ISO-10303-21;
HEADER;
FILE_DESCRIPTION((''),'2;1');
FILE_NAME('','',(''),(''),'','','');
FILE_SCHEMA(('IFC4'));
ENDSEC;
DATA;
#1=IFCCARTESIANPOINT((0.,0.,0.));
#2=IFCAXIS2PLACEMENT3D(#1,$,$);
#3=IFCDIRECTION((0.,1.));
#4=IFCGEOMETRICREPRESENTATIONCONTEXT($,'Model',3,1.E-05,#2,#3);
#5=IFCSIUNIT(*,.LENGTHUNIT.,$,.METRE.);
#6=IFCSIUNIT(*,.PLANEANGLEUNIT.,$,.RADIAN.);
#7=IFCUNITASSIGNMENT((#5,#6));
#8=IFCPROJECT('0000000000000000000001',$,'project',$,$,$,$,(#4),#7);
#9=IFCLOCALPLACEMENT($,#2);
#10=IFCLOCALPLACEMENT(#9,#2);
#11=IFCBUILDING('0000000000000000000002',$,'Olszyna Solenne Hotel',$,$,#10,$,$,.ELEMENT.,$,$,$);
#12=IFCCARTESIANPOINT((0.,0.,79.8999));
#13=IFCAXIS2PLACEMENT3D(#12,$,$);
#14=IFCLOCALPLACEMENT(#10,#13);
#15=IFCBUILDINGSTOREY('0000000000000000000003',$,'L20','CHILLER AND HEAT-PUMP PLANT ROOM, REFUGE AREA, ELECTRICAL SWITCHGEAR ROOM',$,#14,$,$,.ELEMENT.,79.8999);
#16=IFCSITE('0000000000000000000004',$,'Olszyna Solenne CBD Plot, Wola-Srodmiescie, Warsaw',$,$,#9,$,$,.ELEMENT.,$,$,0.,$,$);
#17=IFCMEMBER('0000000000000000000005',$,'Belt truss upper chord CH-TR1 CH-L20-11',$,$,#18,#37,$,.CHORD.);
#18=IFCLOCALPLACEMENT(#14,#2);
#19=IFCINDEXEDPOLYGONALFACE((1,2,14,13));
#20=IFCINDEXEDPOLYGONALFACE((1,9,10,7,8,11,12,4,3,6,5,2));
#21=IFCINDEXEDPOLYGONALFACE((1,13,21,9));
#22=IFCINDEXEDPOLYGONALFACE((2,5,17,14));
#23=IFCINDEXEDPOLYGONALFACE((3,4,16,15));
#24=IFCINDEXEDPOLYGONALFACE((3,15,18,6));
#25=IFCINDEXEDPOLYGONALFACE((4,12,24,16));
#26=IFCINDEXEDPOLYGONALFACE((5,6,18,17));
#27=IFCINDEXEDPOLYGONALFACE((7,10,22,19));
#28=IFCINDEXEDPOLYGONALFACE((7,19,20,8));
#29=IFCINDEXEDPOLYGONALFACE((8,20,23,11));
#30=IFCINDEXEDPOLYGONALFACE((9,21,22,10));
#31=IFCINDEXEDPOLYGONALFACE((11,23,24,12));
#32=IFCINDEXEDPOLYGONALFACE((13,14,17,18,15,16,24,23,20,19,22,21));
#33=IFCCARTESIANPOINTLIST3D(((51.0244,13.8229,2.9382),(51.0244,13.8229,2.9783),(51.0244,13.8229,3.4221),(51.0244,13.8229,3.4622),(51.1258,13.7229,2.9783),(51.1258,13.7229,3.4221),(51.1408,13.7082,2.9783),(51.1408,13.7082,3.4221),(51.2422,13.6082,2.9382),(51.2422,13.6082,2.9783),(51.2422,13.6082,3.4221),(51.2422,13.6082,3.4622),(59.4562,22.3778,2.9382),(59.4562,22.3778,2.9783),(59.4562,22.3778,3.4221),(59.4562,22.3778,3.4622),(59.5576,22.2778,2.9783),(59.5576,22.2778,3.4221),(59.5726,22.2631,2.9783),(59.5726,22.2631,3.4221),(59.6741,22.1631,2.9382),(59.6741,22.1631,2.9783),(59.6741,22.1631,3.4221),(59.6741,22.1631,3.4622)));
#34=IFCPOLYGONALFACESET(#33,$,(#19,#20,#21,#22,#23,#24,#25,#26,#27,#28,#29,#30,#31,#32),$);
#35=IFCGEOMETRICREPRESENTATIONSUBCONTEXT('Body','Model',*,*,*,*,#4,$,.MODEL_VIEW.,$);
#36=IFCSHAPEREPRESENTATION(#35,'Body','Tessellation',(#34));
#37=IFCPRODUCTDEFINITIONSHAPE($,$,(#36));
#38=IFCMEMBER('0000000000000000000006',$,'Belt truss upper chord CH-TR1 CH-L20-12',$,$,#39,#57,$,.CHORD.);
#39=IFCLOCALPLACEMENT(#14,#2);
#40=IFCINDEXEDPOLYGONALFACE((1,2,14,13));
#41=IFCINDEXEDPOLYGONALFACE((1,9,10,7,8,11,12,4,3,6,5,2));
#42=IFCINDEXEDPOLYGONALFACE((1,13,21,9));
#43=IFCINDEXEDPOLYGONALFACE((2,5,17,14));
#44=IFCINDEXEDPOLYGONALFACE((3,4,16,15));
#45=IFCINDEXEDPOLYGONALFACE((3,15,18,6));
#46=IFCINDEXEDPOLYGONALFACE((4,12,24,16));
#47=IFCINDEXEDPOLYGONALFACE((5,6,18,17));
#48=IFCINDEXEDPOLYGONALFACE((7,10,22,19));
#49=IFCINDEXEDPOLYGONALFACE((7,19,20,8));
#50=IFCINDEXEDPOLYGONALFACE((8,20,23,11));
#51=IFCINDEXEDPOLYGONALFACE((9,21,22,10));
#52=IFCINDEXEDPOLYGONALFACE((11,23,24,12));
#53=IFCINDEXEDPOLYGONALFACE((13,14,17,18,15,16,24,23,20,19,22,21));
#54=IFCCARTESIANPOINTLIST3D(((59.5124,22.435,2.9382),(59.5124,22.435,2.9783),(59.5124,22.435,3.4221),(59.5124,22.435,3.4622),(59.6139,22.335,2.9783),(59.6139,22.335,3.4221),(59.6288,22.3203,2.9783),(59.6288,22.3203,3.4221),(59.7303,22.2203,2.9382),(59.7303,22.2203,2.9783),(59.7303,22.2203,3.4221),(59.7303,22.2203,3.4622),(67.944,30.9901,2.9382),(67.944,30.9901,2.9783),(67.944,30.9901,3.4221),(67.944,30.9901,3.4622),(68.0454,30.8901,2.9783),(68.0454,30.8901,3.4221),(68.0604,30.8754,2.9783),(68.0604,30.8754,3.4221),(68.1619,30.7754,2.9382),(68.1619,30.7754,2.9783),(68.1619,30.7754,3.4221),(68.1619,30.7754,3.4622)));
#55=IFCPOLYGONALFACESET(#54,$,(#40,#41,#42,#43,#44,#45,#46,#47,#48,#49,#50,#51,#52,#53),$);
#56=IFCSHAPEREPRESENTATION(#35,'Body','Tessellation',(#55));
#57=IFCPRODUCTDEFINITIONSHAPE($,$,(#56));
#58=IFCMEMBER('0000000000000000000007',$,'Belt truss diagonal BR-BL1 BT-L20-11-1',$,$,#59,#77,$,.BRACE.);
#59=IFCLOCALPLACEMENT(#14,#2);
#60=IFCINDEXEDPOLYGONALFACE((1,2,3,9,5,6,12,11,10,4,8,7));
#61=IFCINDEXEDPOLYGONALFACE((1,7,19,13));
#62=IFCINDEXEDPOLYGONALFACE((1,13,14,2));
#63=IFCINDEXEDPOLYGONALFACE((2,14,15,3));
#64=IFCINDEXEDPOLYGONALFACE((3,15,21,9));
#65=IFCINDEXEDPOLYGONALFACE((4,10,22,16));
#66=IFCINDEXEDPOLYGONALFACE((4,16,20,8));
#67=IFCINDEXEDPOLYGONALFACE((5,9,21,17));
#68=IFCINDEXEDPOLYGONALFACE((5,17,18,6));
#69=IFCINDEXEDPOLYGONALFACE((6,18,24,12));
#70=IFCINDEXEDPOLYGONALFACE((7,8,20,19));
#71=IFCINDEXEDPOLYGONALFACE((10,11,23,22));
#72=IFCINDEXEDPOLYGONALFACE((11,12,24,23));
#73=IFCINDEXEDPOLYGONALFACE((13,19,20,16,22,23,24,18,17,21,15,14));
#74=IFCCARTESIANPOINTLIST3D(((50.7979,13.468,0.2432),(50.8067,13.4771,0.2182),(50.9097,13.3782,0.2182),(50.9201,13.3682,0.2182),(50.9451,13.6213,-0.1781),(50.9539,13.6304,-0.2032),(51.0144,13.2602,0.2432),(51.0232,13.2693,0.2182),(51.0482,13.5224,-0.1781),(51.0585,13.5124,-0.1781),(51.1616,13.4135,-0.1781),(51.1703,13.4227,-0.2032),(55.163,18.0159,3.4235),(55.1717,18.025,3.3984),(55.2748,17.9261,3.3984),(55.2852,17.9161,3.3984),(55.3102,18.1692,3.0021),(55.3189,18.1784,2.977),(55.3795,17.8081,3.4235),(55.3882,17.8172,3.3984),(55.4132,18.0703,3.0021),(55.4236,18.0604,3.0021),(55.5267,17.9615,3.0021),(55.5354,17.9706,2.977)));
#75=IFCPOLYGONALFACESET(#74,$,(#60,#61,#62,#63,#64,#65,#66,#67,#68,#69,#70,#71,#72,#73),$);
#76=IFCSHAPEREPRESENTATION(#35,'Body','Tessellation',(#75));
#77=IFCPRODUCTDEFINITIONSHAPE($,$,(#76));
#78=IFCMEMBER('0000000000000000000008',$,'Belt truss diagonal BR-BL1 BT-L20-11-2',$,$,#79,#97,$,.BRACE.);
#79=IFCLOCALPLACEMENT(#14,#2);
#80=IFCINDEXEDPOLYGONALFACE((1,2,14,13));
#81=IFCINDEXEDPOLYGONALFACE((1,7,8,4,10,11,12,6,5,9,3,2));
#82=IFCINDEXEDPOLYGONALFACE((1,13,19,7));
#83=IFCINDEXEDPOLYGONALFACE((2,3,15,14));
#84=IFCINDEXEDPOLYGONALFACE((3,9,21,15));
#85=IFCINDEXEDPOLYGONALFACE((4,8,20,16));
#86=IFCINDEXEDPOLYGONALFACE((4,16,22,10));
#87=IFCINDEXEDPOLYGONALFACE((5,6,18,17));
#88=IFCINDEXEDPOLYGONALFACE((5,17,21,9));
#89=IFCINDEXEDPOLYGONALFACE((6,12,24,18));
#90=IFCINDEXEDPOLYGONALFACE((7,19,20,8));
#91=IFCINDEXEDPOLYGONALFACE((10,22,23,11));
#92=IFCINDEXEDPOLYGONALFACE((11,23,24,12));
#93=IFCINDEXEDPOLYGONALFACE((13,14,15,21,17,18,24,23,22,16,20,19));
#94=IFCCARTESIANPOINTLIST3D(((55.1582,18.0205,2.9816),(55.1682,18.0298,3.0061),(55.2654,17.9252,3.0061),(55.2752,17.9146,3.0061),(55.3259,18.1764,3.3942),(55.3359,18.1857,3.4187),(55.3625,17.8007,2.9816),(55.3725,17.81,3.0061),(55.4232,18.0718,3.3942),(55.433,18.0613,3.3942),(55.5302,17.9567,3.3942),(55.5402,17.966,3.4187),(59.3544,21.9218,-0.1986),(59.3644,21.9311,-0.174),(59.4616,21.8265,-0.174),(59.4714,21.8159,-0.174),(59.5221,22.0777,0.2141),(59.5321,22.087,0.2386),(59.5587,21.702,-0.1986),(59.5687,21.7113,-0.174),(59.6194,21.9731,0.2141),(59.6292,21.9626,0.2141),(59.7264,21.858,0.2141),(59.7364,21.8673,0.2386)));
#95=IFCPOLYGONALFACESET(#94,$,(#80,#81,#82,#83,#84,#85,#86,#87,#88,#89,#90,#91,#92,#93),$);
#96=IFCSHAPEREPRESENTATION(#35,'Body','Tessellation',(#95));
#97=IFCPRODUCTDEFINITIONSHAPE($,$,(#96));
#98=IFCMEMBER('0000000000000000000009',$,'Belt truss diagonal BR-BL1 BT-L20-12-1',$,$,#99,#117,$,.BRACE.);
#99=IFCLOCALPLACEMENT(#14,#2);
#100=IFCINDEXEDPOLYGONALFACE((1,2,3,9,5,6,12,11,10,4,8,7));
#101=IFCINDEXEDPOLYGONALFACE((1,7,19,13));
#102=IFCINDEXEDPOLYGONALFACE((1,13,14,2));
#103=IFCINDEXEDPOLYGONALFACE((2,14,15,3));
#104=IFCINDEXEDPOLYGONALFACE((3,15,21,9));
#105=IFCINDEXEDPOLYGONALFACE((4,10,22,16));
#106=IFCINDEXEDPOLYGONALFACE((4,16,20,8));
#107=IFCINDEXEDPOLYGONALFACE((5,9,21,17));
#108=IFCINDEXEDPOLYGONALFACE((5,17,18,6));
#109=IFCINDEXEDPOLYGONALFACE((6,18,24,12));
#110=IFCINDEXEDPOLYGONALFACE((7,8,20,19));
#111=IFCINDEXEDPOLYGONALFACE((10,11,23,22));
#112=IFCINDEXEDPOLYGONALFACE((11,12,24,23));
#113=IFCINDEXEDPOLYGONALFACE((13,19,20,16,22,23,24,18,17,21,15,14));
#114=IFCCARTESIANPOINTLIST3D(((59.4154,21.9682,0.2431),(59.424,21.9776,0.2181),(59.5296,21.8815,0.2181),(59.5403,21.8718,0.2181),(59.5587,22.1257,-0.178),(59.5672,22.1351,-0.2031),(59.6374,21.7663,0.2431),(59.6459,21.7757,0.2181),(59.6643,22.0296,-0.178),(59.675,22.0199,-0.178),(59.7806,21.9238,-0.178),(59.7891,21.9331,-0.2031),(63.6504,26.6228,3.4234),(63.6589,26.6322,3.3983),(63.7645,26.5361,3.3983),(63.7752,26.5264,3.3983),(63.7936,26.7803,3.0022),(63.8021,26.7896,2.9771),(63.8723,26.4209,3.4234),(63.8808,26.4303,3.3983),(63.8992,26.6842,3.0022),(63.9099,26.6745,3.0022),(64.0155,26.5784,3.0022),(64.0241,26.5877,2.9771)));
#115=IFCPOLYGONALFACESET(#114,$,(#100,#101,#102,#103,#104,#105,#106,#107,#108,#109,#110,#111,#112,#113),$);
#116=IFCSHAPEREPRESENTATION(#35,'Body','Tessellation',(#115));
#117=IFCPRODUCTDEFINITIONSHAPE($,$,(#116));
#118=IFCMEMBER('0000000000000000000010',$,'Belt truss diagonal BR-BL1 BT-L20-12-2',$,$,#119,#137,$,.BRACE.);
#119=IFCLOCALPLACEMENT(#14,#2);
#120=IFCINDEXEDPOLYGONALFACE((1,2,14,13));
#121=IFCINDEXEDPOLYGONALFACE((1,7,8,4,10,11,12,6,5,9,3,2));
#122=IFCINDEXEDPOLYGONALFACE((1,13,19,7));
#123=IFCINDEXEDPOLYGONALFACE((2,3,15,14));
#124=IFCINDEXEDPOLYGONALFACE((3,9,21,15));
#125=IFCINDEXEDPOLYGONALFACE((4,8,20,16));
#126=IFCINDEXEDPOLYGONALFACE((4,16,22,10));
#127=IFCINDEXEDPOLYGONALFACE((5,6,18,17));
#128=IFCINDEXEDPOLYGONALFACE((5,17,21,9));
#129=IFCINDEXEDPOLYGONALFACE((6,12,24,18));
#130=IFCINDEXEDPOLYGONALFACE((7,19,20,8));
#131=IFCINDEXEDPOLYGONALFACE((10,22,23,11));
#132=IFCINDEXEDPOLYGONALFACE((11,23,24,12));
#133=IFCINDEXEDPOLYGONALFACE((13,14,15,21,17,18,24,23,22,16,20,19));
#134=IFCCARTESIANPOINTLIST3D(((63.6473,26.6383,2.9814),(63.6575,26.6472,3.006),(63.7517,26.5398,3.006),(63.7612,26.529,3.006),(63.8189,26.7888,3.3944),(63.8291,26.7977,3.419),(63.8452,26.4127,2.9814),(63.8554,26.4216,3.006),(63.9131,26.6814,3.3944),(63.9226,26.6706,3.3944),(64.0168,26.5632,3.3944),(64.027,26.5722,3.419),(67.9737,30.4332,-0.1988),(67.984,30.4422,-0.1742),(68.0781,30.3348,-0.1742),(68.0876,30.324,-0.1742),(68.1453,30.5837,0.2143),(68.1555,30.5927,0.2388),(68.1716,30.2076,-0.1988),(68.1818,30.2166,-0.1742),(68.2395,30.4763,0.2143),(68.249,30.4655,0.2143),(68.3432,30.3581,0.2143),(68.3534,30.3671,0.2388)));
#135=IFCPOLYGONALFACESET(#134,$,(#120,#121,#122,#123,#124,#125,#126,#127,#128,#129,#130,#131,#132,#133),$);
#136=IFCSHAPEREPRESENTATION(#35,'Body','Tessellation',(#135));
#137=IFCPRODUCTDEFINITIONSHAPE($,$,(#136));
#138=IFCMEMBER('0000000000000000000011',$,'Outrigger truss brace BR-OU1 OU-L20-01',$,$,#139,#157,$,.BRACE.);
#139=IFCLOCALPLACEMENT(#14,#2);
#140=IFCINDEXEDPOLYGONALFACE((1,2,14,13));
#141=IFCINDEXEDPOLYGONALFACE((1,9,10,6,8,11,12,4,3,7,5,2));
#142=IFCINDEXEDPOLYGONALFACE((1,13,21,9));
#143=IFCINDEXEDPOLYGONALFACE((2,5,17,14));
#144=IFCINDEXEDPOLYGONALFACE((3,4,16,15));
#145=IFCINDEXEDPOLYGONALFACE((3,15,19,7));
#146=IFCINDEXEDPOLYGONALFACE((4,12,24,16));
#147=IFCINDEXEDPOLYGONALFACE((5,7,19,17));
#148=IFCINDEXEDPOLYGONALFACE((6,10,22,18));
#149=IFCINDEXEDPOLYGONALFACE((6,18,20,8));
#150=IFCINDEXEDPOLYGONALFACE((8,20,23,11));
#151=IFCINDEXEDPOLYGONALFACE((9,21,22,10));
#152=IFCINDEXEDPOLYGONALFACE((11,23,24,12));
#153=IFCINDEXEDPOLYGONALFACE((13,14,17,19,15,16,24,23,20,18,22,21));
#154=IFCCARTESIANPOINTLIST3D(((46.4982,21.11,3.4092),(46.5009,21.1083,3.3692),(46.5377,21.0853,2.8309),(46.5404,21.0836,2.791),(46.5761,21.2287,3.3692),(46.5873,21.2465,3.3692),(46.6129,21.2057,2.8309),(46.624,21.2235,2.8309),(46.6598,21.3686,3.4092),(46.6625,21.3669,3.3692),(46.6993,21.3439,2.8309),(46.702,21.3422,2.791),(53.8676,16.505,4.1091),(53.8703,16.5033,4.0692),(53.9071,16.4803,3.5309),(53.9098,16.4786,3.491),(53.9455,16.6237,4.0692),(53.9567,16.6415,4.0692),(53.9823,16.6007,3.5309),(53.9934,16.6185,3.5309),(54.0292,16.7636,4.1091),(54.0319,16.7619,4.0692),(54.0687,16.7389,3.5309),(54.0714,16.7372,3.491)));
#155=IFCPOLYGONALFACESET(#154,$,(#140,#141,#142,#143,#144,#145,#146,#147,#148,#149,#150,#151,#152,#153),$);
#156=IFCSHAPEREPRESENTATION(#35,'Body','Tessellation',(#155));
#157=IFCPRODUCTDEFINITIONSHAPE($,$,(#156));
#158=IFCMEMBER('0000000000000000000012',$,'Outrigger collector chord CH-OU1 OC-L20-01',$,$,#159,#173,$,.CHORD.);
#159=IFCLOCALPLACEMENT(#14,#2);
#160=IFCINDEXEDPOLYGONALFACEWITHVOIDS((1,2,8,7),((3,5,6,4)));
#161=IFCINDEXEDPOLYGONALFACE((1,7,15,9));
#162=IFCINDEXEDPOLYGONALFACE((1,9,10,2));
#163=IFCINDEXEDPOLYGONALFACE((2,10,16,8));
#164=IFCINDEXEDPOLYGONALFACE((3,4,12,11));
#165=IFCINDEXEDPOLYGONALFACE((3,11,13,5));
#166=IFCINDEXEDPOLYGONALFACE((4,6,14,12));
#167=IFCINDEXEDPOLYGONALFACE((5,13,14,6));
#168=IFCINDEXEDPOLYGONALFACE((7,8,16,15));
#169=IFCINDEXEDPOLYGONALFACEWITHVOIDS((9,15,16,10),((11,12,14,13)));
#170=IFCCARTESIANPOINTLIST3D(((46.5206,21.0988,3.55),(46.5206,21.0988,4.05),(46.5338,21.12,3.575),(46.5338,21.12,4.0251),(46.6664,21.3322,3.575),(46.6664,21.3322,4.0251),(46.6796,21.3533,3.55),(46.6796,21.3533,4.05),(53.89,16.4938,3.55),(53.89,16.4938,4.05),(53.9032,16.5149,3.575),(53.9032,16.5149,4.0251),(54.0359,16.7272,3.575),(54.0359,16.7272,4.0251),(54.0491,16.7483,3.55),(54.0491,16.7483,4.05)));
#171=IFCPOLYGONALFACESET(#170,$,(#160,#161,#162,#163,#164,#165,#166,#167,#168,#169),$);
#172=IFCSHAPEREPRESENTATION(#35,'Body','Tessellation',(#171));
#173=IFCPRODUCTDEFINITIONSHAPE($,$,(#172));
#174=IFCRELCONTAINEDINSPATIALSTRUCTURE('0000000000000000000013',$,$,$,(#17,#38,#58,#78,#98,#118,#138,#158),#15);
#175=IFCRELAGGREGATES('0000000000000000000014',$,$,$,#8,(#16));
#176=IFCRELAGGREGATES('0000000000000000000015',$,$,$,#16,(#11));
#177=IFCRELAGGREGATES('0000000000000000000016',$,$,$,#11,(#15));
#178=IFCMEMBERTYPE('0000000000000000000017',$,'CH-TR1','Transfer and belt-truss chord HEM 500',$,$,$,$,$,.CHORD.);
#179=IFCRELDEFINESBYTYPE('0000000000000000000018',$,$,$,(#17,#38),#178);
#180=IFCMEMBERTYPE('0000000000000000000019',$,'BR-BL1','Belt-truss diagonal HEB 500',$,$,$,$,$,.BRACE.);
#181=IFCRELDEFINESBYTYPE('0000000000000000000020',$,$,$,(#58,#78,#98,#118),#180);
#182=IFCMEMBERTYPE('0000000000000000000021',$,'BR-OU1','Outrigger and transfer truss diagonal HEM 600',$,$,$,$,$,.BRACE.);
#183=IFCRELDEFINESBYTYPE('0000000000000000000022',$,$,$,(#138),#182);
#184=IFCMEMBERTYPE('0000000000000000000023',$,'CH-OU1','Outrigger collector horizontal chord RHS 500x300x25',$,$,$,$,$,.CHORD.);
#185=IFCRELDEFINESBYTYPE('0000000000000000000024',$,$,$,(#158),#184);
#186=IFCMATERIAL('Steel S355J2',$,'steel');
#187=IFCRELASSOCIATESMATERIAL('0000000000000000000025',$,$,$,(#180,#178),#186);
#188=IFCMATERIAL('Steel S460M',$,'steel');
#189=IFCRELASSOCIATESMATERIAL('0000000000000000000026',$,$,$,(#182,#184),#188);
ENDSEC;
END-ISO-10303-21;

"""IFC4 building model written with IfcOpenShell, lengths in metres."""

from ifc_helpers import new_model, si_unit, direction, frame, origin, origin_2d, place, context, subcontext, project, spatial, hollow_rectangle, i_section, extrude, source, transform, mapped, material, material_profile, profile_set, type_object, element, save


model = new_model("IFC4")

# Units and contexts
model_context = context("Model", 3, precision=1e-05, world=origin(), true_north=direction((0.0, 1.0)))
body_context = subcontext(model_context, "Body", "Model", "MODEL_VIEW")
ifc_project = project(units=[si_unit("LENGTHUNIT", "METRE"), si_unit("PLANEANGLEUNIT", "RADIAN")], contexts=[model_context])

# Site, building, storey
site_placement = place(None, origin())
site = spatial("IfcSite", under=ifc_project, at=site_placement, Name="Olszyna Solenne CBD Plot, Wola-Srodmiescie, Warsaw", CompositionType="ELEMENT", RefElevation=0.0)
building_placement = place(site_placement, origin())
building = spatial("IfcBuilding", under=site, at=building_placement, Name="Olszyna Solenne Hotel", CompositionType="ELEMENT")
storey_placement = place(building_placement, frame((0.0, 0.0, 79.8999)))
storey = spatial("IfcBuildingStorey", under=building, at=storey_placement, Name="L20", Description="CHILLER AND HEAT-PUMP PLANT ROOM, REFUGE AREA, ELECTRICAL SWITCHGEAR ROOM", CompositionType="ELEMENT", Elevation=79.8999)

# Shared definitions
ifc_material_1 = material(Name="Steel S460M", Category="steel")

# Shared definitions
ifc_material_2 = material(Name="Steel S355J2", Category="steel")

# Members
ifc_material_profile_1 = material_profile(ifc_material_2, i_section(OverallWidth=0.3, OverallDepth=0.5, WebThickness=0.0144, FlangeThickness=0.0281, at=origin_2d()), Name="HEB 500", Category="load-bearing")
ifc_profile_set_1 = profile_set([ifc_material_profile_1], Name="Steel S355J2")
member_type_1 = type_object("IfcMemberType", Name="BR-BL1", Description="Belt-truss diagonal HEB 500", PredefinedType="BRACE", material=ifc_profile_set_1)
ifc_material_profile_2 = material_profile(ifc_material_2, i_section(OverallWidth=0.3059, OverallDepth=0.5239, WebThickness=0.021, FlangeThickness=0.04, at=origin_2d()), Name="HEM 500", Category="load-bearing")
ifc_profile_set_2 = profile_set([ifc_material_profile_2], Name="Steel S355J2")
member_type_2 = type_object("IfcMemberType", Name="CH-TR1", Description="Transfer and belt-truss chord HEM 500", PredefinedType="CHORD", material=ifc_profile_set_2)
shared_shape_1 = source(origin(), body_context, "Body", "SweptSolid", [
    extrude(i_section(OverallWidth=0.3059, OverallDepth=0.5239, WebThickness=0.021, FlangeThickness=0.04, at=origin_2d()), origin(), (0.0, 0.0, 1.0), 12.0117),
])
for number, where, z_axis, x_axis, name in (
    (1, (51.1333, 13.7156, 3.2002), (0.701966, 0.71221, 0.0), (-0.71221, 0.701966, 0.0), "Belt truss upper chord CH-TR1 CH-L20-11"),
    (2, (59.6213, 22.3276, 3.2002), (0.701946, 0.71223, 0.0), (-0.71223, 0.701946, 0.0), "Belt truss upper chord CH-TR1 CH-L20-12"),
):
    element("IfcMember", number, at=place(storey_placement, frame(where, z_axis=z_axis, x_axis=x_axis)), inside=storey, type_object=member_type_2, Name=name, PredefinedType="CHORD", context=body_context, shape_type="MappedRepresentation", body=[
        mapped(shared_shape_1, transform((0.0, 0.0, 0.0), x_axis=(1.0, 0.0, 0.0), y_axis=(0.0, 1.0, 0.0), z_axis=(0.0, 0.0, 1.0), scale=1.0)),
    ])
shared_shape_2 = source(origin(), body_context, "Body", "SweptSolid", [
    extrude(i_section(OverallWidth=0.3, OverallDepth=0.5, WebThickness=0.0144, FlangeThickness=0.0281, at=origin_2d()), origin(), (0.0, 0.0, 1.0), 7.0605),
])
member_1_placement = place(storey_placement, frame((50.9841, 13.4453, 0.02), z_axis=(0.618233, 0.644133, 0.450423), x_axis=(-0.721462, 0.692454, 0.0)))
element("IfcMember", 3, at=member_1_placement, inside=storey, type_object=member_type_1, Name="Belt truss diagonal BR-BL1 BT-L20-11-1", PredefinedType="BRACE", context=body_context, shape_type="MappedRepresentation", body=[
    mapped(shared_shape_2, transform((0.0, 0.0, 0.0), x_axis=(1.0, 0.0, 0.0), y_axis=(0.0, 1.0, 0.0), z_axis=(0.0, 0.0, 1.0), scale=1.0)),
])
shared_shape_3 = source(origin(), body_context, "Body", "SweptSolid", [
    extrude(i_section(OverallWidth=0.3, OverallDepth=0.5, WebThickness=0.0144, FlangeThickness=0.0281, at=origin_2d()), origin(), (0.0, 0.0, 1.0), 6.553),
])
member_2_placement = place(storey_placement, frame((59.5454, 21.8945, 0.02), z_axis=(-0.640352, -0.595347, 0.485294), x_axis=(0.680902, -0.732374, 0.0)))
element("IfcMember", 4, at=member_2_placement, inside=storey, type_object=member_type_1, Name="Belt truss diagonal BR-BL1 BT-L20-11-2", PredefinedType="BRACE", context=body_context, shape_type="MappedRepresentation", body=[
    mapped(shared_shape_3, transform((0.0, 0.0, 0.0), x_axis=(1.0, 0.0, 0.0), y_axis=(0.0, 1.0, 0.0), z_axis=(0.0, 0.0, 1.0), scale=1.0)),
])
shared_shape_4 = source(origin(), body_context, "Body", "SweptSolid", [
    extrude(i_section(OverallWidth=0.3, OverallDepth=0.5, WebThickness=0.0144, FlangeThickness=0.0281, at=origin_2d()), origin(), (0.0, 0.0, 1.0), 7.0508),
])
member_3_placement = place(storey_placement, frame((59.6023, 21.9507, 0.02), z_axis=(0.60063, 0.660153, 0.451044), x_axis=(-0.739666, 0.672974, 0.0)))
element("IfcMember", 5, at=member_3_placement, inside=storey, type_object=member_type_1, Name="Belt truss diagonal BR-BL1 BT-L20-12-1", PredefinedType="BRACE", context=body_context, shape_type="MappedRepresentation", body=[
    mapped(shared_shape_4, transform((0.0, 0.0, 0.0), x_axis=(1.0, 0.0, 0.0), y_axis=(0.0, 1.0, 0.0), z_axis=(0.0, 0.0, 1.0), scale=1.0)),
])
shared_shape_5 = source(origin(), body_context, "Body", "SweptSolid", [
    extrude(i_section(OverallWidth=0.3, OverallDepth=0.5, WebThickness=0.0144, FlangeThickness=0.0281, at=origin_2d()), origin(), (0.0, 0.0, 1.0), 6.5752),
])
member_4_placement = place(storey_placement, frame((68.1636, 30.4001, 0.02), z_axis=(-0.657993, -0.57716, 0.483665), x_axis=(0.65942, -0.751775, 0.0)))
element("IfcMember", 6, at=member_4_placement, inside=storey, type_object=member_type_1, Name="Belt truss diagonal BR-BL1 BT-L20-12-2", PredefinedType="BRACE", context=body_context, shape_type="MappedRepresentation", body=[
    mapped(shared_shape_5, transform((0.0, 0.0, 0.0), x_axis=(1.0, 0.0, 0.0), y_axis=(0.0, 1.0, 0.0), z_axis=(0.0, 0.0, 1.0), scale=1.0)),
])
ifc_material_profile_3 = material_profile(ifc_material_1, i_section(OverallWidth=0.3049, OverallDepth=0.6201, WebThickness=0.021, FlangeThickness=0.04, at=origin_2d()), Name="HEM 600", Category="load-bearing")
ifc_profile_set_3 = profile_set([ifc_material_profile_3], Name="Steel S460M")
member_type_3 = type_object("IfcMemberType", Name="BR-OU1", Description="Outrigger and transfer truss diagonal HEM 600", PredefinedType="BRACE", material=ifc_profile_set_3)
shared_shape_6 = source(origin(), body_context, "Body", "SweptSolid", [
    extrude(i_section(OverallWidth=0.3049, OverallDepth=0.6201, WebThickness=0.021, FlangeThickness=0.04, at=origin_2d()), origin(), (0.0, 0.0, 1.0), 8.718),
])
member_5_placement = place(storey_placement, frame((46.6001, 21.2261, 3.1001), z_axis=(0.845306, -0.528215, 0.080288), x_axis=(0.529926, 0.848044, 0.0)))
element("IfcMember", 7, at=member_5_placement, inside=storey, type_object=member_type_3, Name="Outrigger truss brace BR-OU1 OU-L20-01", PredefinedType="BRACE", context=body_context, shape_type="MappedRepresentation", body=[
    mapped(shared_shape_6, transform((0.0, 0.0, 0.0), x_axis=(1.0, 0.0, 0.0), y_axis=(0.0, 1.0, 0.0), z_axis=(0.0, 0.0, 1.0), scale=1.0)),
])
ifc_material_profile_4 = material_profile(ifc_material_1, hollow_rectangle(XDim=0.3, YDim=0.5, WallThickness=0.0249, at=origin_2d()), Name="RHS 500x300x25", Category="load-bearing")
ifc_profile_set_4 = profile_set([ifc_material_profile_4], Name="Steel S460M")
member_type_4 = type_object("IfcMemberType", Name="CH-OU1", Description="Outrigger collector horizontal chord RHS 500x300x25", PredefinedType="CHORD", material=ifc_profile_set_4)
shared_shape_7 = source(origin(), body_context, "Body", "SweptSolid", [
    extrude(hollow_rectangle(XDim=0.3, YDim=0.5, WallThickness=0.0249, at=origin_2d()), origin(), (0.0, 0.0, 1.0), 8.6899),
])
member_6_placement = place(storey_placement, frame((46.6001, 21.2261, 3.8), z_axis=(0.848044, -0.529926, 0.0), x_axis=(0.529926, 0.848044, 0.0)))
element("IfcMember", 8, at=member_6_placement, inside=storey, type_object=member_type_4, Name="Outrigger collector chord CH-OU1 OC-L20-01", PredefinedType="CHORD", context=body_context, shape_type="MappedRepresentation", body=[
    mapped(shared_shape_7, transform((0.0, 0.0, 0.0), x_axis=(1.0, 0.0, 0.0), y_axis=(0.0, 1.0, 0.0), z_axis=(0.0, 0.0, 1.0), scale=1.0)),
])

save(model, "model.ifc")
